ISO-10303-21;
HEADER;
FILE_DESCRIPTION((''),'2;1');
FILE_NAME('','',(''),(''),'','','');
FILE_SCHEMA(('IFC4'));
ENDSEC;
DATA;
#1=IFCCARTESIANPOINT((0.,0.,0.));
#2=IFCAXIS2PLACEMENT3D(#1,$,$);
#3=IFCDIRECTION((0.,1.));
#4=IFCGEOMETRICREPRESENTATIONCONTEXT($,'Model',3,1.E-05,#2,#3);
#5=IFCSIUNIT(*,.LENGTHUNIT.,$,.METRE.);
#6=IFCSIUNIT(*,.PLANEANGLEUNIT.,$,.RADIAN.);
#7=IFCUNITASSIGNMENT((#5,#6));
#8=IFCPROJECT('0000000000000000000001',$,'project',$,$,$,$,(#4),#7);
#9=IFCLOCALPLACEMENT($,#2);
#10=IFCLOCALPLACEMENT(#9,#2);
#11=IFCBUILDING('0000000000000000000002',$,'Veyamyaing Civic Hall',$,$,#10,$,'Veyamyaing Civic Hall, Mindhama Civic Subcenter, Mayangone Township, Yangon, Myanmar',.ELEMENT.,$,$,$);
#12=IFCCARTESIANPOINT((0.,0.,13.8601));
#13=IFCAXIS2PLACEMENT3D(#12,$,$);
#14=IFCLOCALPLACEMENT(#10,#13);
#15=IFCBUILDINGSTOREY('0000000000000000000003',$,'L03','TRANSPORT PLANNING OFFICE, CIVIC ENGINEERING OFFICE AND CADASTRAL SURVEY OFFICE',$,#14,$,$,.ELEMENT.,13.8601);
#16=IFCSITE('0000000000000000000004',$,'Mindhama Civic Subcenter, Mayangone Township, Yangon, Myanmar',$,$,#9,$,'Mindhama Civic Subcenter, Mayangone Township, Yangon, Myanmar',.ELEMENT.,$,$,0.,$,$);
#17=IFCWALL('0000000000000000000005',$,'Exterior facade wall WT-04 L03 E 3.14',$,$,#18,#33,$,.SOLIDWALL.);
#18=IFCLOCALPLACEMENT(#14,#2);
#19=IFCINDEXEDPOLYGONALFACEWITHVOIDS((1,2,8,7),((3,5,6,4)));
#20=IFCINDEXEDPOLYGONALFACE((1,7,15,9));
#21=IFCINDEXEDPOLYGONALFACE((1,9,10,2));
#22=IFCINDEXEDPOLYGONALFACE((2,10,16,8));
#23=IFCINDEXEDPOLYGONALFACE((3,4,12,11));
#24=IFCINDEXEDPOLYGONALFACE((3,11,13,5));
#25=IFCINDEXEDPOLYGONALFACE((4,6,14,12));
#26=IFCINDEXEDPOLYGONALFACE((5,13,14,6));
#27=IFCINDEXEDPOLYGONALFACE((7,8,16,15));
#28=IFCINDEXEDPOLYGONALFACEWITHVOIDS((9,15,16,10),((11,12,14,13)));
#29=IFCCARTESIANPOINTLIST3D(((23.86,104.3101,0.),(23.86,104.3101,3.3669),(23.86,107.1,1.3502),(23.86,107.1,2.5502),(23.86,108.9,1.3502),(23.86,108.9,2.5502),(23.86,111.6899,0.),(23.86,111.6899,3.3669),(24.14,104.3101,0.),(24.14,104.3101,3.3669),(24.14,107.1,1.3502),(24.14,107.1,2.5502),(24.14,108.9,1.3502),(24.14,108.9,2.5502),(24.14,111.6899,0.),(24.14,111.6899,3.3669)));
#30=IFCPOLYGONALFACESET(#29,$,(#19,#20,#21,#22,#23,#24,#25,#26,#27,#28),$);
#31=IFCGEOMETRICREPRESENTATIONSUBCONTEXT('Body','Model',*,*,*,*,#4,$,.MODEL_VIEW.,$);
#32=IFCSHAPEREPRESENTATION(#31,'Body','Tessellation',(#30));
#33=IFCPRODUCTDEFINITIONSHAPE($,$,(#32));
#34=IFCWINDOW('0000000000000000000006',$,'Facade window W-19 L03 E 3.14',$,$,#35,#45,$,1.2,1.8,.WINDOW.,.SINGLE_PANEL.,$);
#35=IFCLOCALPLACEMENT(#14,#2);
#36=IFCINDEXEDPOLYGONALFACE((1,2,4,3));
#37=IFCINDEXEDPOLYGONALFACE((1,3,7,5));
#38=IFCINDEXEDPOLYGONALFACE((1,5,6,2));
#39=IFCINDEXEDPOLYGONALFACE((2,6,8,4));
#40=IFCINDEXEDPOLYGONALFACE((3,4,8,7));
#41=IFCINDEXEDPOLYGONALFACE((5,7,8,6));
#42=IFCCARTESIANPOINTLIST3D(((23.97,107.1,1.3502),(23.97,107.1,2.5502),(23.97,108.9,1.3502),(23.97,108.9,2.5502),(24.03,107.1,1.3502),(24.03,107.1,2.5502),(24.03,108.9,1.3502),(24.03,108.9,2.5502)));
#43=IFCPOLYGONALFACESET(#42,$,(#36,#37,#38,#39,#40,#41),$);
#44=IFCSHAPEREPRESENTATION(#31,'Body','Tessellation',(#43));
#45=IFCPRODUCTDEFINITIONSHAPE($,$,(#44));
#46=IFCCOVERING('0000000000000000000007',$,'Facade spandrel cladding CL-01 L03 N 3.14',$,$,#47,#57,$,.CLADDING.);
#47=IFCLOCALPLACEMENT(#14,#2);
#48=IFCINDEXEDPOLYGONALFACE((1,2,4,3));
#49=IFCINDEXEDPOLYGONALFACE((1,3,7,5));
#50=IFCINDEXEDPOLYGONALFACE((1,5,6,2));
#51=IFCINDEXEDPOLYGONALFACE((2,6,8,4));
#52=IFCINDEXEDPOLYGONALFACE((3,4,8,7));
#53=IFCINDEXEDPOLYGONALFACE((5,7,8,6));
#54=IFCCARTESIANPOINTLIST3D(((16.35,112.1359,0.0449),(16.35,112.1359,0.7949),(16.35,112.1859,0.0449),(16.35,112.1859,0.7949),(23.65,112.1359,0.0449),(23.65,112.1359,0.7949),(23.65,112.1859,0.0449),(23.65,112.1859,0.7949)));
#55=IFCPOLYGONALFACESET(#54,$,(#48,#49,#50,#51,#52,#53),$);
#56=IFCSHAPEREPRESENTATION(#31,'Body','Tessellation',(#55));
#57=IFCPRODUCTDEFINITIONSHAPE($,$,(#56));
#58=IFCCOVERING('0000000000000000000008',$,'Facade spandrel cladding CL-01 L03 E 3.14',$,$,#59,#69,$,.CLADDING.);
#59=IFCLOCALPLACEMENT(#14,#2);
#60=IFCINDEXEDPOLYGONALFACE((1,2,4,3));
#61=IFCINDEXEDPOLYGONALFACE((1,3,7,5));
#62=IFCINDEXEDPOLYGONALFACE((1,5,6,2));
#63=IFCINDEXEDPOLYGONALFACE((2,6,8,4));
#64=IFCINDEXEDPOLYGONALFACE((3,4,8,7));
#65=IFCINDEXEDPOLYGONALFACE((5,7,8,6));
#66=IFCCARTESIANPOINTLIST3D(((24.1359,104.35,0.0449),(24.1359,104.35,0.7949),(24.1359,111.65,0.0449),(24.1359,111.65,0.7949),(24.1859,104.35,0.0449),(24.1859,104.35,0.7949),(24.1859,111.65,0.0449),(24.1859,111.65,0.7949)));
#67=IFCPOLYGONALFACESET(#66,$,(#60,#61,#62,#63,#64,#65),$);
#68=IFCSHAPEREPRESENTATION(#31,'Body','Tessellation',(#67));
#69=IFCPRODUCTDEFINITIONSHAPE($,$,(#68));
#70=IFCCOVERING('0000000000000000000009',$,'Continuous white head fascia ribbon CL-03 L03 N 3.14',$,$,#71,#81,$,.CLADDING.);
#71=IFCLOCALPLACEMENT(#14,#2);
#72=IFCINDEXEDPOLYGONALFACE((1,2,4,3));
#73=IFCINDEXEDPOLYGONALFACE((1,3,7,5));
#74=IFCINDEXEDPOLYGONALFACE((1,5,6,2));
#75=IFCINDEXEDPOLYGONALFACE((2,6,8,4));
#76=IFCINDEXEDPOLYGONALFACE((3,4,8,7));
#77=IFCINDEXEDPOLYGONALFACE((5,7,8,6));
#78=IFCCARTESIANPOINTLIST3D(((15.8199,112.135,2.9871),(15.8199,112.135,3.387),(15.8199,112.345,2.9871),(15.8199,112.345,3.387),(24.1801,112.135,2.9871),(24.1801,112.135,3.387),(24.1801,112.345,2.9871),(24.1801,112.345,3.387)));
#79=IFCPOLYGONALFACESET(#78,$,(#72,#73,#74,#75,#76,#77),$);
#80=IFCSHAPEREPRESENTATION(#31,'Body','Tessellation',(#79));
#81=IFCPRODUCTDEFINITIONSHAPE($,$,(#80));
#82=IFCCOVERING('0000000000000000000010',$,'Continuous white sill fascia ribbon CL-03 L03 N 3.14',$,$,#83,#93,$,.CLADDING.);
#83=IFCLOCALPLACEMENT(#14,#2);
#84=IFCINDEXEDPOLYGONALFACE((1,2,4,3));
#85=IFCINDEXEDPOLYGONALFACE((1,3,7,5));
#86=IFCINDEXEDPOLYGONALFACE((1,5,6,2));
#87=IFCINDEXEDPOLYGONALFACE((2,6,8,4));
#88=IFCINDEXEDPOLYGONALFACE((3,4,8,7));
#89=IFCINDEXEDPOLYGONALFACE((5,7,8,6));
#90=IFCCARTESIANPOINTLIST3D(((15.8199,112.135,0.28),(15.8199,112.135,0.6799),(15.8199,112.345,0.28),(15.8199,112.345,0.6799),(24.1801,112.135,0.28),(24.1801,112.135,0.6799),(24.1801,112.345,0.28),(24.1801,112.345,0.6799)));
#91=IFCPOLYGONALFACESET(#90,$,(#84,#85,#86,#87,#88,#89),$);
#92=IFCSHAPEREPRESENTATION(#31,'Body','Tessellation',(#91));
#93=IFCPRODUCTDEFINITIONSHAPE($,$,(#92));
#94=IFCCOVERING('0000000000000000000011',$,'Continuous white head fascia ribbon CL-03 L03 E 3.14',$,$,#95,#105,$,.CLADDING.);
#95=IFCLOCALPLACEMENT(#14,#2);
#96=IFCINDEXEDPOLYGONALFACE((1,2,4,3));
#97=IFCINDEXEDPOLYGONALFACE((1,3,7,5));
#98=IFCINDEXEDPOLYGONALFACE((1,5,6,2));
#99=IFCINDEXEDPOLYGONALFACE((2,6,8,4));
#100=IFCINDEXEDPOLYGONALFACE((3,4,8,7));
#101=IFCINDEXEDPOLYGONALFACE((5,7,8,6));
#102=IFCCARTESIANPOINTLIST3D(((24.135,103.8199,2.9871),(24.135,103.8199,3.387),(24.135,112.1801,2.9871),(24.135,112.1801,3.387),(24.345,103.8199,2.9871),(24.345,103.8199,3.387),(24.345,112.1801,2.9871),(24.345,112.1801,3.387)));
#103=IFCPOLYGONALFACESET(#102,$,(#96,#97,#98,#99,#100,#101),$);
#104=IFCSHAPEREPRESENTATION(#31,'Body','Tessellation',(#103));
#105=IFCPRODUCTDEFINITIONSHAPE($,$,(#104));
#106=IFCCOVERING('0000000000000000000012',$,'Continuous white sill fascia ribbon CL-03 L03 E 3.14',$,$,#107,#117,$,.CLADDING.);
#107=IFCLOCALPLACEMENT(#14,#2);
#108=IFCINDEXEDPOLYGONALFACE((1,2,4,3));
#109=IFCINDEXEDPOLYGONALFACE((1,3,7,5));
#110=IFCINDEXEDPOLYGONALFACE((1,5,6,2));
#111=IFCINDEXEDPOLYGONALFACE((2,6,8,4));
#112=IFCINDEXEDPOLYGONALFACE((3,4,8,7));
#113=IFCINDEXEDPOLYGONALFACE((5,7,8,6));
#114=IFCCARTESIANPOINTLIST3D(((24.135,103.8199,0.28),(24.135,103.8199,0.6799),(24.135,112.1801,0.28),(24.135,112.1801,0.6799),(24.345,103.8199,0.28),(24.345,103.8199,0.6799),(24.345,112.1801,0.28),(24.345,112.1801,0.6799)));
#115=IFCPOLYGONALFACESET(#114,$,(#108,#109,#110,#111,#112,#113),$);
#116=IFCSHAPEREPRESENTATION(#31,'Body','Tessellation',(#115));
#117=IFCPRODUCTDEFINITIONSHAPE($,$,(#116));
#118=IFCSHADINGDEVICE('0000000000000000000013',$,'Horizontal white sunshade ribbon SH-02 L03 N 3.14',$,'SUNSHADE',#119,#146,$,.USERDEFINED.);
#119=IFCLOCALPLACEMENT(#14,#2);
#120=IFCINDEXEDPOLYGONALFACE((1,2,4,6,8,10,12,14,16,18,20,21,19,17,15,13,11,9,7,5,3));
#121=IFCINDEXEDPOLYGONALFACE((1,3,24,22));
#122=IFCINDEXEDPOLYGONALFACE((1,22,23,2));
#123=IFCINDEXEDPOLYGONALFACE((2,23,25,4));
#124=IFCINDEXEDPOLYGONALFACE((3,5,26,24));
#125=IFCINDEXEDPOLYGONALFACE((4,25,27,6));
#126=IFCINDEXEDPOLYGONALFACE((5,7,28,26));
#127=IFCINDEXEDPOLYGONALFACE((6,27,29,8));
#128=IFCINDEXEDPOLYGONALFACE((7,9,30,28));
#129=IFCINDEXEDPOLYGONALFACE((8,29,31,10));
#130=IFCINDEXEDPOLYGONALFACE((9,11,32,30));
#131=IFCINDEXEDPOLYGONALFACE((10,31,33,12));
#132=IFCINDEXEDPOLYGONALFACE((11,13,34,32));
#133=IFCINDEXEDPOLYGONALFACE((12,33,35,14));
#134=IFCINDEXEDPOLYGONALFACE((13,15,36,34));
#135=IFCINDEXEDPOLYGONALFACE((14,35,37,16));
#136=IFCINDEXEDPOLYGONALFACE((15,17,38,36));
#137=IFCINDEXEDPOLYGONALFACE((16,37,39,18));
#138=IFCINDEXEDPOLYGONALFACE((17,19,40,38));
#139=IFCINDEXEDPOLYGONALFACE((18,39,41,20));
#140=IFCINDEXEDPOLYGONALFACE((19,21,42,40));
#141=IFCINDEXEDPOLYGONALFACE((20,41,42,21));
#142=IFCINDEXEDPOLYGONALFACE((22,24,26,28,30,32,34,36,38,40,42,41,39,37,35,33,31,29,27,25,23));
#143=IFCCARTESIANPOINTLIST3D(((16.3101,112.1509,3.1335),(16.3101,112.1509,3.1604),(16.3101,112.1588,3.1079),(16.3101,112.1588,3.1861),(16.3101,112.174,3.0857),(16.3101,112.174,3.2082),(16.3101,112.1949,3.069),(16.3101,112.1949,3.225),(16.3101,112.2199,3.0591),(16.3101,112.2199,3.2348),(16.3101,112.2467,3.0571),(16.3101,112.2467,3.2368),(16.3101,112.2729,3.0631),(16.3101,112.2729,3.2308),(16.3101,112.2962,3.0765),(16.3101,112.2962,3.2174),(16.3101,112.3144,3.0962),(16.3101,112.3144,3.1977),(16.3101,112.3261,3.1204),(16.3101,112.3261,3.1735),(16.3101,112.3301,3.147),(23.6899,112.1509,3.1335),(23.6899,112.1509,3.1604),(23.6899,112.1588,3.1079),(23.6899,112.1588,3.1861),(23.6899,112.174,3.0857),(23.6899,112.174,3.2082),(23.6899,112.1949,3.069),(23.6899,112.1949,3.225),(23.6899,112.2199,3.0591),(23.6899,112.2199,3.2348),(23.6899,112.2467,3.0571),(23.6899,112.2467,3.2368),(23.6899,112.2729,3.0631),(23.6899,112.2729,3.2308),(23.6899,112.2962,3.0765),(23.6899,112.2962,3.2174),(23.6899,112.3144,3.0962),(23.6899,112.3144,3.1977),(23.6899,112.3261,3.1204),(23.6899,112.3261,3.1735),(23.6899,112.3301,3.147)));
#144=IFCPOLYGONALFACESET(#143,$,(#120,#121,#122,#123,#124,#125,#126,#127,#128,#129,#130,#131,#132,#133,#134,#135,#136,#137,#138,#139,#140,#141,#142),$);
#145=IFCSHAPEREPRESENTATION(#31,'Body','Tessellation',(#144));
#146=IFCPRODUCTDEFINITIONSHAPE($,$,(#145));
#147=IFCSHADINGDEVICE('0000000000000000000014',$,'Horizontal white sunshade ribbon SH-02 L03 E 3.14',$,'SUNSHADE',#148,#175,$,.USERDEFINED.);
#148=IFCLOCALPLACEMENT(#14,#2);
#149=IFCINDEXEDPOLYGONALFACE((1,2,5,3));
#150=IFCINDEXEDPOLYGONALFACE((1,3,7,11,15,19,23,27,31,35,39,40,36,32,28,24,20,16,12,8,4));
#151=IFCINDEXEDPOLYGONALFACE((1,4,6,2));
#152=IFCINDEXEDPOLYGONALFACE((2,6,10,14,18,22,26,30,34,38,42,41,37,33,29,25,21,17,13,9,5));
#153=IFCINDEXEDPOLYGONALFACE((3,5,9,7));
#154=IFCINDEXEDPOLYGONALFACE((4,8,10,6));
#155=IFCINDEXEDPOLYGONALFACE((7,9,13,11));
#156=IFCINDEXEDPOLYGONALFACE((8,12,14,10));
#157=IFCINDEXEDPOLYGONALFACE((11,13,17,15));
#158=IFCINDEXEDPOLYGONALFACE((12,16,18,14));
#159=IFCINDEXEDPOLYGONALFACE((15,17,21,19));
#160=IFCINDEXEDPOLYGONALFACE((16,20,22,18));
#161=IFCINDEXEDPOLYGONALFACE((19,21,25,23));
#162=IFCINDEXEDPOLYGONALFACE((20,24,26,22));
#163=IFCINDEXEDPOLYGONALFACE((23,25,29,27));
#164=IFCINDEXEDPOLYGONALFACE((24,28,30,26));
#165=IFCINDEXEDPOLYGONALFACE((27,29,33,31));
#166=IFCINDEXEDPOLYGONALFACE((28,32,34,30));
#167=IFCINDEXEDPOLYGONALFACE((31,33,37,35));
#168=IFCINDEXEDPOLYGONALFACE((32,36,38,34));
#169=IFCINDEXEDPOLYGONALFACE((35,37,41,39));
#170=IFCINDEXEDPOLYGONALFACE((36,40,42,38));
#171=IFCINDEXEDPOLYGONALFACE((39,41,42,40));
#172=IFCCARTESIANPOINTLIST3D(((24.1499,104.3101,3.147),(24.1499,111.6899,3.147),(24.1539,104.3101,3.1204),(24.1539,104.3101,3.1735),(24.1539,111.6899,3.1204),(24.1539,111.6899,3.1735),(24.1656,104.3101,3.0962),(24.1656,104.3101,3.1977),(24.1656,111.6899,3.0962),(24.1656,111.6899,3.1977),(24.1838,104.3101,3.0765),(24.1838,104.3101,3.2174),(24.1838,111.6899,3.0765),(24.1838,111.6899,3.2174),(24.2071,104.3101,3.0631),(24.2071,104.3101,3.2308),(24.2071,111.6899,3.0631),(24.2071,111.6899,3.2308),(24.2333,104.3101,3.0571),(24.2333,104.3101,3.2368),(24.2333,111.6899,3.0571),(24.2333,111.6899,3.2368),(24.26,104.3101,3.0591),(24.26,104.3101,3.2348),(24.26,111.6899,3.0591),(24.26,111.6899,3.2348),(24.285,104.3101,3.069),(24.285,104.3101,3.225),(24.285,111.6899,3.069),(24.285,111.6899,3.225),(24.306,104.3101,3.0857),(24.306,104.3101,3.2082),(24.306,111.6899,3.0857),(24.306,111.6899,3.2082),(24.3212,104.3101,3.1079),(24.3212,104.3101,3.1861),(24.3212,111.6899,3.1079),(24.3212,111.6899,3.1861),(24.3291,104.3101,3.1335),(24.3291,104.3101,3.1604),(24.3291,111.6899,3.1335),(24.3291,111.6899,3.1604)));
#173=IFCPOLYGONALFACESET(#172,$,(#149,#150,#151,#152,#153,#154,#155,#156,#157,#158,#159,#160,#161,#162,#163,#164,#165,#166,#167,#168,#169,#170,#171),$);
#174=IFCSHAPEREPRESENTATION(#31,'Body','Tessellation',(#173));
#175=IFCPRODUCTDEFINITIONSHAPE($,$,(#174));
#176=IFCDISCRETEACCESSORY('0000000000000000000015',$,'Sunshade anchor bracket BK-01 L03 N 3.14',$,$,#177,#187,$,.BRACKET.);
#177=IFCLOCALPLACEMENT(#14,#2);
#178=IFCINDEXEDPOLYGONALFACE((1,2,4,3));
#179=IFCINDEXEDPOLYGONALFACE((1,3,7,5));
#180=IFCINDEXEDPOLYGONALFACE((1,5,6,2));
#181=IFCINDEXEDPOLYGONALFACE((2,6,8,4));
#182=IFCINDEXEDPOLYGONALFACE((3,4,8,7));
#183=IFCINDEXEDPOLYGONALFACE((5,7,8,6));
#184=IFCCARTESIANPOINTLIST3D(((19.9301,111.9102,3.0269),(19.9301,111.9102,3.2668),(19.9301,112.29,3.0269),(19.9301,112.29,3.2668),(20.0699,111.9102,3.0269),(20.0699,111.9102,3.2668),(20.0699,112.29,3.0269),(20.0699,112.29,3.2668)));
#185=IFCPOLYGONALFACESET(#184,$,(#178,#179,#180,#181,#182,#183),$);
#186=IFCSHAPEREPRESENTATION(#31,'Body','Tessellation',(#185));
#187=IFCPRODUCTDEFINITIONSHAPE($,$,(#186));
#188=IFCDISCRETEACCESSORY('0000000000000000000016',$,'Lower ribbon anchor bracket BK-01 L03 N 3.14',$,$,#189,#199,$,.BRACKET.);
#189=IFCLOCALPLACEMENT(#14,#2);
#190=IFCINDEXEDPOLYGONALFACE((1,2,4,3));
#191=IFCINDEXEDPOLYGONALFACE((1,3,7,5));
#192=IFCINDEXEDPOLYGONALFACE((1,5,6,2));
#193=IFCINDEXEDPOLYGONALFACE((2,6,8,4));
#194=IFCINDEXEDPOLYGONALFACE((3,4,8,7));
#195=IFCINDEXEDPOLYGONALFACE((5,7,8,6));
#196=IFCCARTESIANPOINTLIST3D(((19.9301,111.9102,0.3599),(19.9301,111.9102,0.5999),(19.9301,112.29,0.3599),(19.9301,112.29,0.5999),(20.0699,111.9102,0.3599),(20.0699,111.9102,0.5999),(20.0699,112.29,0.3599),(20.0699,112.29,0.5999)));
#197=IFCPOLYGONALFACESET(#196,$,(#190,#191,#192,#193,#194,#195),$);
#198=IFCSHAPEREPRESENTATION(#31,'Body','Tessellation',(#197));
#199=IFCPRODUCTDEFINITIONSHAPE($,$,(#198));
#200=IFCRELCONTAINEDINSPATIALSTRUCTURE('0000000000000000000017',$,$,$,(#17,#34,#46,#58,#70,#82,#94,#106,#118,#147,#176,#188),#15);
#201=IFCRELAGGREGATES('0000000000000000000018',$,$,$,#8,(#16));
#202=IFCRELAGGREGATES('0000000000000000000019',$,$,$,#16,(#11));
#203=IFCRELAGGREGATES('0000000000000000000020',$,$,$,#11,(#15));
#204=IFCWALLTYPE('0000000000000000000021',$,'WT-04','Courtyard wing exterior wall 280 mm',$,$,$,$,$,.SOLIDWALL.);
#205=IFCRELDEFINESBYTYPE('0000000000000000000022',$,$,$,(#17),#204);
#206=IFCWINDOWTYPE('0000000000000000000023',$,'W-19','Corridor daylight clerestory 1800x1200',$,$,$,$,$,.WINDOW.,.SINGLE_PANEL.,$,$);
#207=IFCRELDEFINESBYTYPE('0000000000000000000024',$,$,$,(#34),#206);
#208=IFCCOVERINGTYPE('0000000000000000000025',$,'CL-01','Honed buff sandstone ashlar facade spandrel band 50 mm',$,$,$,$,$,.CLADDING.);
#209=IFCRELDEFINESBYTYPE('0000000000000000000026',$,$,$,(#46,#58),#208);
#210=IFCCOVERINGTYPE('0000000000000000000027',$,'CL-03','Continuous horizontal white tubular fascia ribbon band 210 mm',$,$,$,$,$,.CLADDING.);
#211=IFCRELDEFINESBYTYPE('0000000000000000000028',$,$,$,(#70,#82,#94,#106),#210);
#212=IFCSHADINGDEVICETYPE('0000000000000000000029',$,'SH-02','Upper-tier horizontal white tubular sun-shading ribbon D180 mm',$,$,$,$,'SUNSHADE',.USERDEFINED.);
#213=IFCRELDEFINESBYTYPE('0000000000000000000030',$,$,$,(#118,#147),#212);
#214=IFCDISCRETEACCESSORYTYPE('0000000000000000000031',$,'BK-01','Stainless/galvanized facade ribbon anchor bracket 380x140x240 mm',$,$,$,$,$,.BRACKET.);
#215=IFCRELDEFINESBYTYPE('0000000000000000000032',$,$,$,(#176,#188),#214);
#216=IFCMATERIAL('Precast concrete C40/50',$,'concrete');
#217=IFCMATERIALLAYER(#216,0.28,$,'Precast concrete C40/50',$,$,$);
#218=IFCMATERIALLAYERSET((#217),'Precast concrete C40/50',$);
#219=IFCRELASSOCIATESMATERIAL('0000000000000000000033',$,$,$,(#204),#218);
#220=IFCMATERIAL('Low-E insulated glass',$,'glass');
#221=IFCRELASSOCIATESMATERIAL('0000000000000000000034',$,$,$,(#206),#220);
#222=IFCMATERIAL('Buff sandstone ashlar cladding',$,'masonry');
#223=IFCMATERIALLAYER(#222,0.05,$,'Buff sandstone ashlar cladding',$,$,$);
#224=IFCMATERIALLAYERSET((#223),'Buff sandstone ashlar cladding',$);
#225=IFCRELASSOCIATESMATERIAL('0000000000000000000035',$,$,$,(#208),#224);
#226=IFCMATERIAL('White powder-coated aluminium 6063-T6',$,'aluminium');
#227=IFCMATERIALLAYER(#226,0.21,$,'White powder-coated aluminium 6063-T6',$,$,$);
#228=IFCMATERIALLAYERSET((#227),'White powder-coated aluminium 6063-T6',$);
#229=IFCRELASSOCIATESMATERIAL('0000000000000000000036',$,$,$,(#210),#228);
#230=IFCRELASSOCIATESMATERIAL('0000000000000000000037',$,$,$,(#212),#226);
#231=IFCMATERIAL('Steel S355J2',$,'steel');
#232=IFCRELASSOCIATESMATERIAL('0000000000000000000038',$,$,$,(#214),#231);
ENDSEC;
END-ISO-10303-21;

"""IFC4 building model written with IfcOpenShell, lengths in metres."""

from ifc_helpers import new_model, si_unit, direction, frame, frame_2d, origin, origin_2d, place, context, subcontext, project, spatial, rectangle, circle, extrude, material, layer, layer_set, material_profile, profile_set, type_object, element, fill, save


model = new_model("IFC4")

# Units and contexts
model_context = context("Model", 3, precision=1e-05, world=origin(), true_north=direction((0.0, 1.0)))
body_context = subcontext(model_context, "Body", "Model", "MODEL_VIEW")
ifc_project = project(units=[si_unit("LENGTHUNIT", "METRE"), si_unit("PLANEANGLEUNIT", "RADIAN")], contexts=[model_context])

# Site, building, storey
site_placement = place(None, origin())
site = spatial("IfcSite", under=ifc_project, at=site_placement, Name="Mindhama Civic Subcenter, Mayangone Township, Yangon, Myanmar", LongName="Mindhama Civic Subcenter, Mayangone Township, Yangon, Myanmar", CompositionType="ELEMENT", RefElevation=0.0)
building_placement = place(site_placement, origin())
building = spatial("IfcBuilding", under=site, at=building_placement, Name="Veyamyaing Civic Hall", LongName="Veyamyaing Civic Hall, Mindhama Civic Subcenter, Mayangone Township, Yangon, Myanmar", CompositionType="ELEMENT")
storey_placement = place(building_placement, frame((0.0, 0.0, 13.8601)))
storey = spatial("IfcBuildingStorey", under=building, at=storey_placement, Name="L03", Description="TRANSPORT PLANNING OFFICE, CIVIC ENGINEERING OFFICE AND CADASTRAL SURVEY OFFICE", CompositionType="ELEMENT", Elevation=13.8601)

# Wall, opening, window
ifc_material_1 = material(Name="Precast concrete C40/50", Category="concrete")
ifc_layer_1 = layer(ifc_material_1, 0.28, Name="Precast concrete C40/50")
ifc_layer_set_1 = layer_set([ifc_layer_1], Name="Precast concrete C40/50")
wall_type = type_object("IfcWallType", Name="WT-04", Description="Courtyard wing exterior wall 280 mm", PredefinedType="SOLIDWALL", material=ifc_layer_set_1)
ifc_material_2 = material(Name="Low-E insulated glass", Category="glass")
window_type = type_object("IfcWindowType", Name="W-19", Description="Corridor daylight clerestory 1800x1200", PartitioningType="SINGLE_PANEL", PredefinedType="WINDOW", material=ifc_material_2)
wall_1_placement = place(storey_placement, frame((24.0, 104.3101, 0.0), z_axis=(0.0, 0.0, 1.0), x_axis=(0.0, 1.0, 0.0)))
wall_1 = element("IfcWall", 1, at=wall_1_placement, inside=storey, type_object=wall_type, Name="Exterior facade wall WT-04 L03 E 3.14", PredefinedType="SOLIDWALL", context=body_context, shape_type="SweptSolid", body=[
    extrude(rectangle(XDim=7.3799, YDim=0.28, at=frame_2d((3.6899, 0.0))), origin(), (0.0, 0.0, 1.0), 3.3669),
])
opening_1_placement = place(wall_1_placement, frame((2.79, 0.0, 1.3501)))
opening_1 = element("IfcOpeningElement", 2, at=opening_1_placement, cuts=wall_1, PredefinedType="OPENING", context=body_context, shape_type="SweptSolid", body=[
    extrude(rectangle(XDim=1.8, YDim=1.2, at=frame_2d((0.8999, 0.6001))), frame((0.0, 0.1499, 0.0), z_axis=(0.0, -1.0, 0.0), x_axis=(1.0, 0.0, 0.0)), (0.0, 0.0, 1.0), 0.3),
])
window_1_placement = place(opening_1_placement, origin())
window_1 = element("IfcWindow", 3, at=window_1_placement, inside=storey, type_object=window_type, Name="Facade window W-19 L03 E 3.14", OverallHeight=1.2, OverallWidth=1.8, PartitioningType="SINGLE_PANEL", PredefinedType="WINDOW", context=body_context, shape_type="SweptSolid", body=[
    extrude(rectangle(XDim=1.8, YDim=1.2, at=frame_2d((0.8999, 0.6001))), frame((0.0, 0.03, 0.0), z_axis=(0.0, -1.0, 0.0), x_axis=(1.0, 0.0, 0.0)), (0.0, 0.0, 1.0), 0.0601),
])
fill(opening_1, window_1)

# Coverings
ifc_material_3 = material(Name="Buff sandstone ashlar cladding", Category="masonry")
ifc_layer_2 = layer(ifc_material_3, 0.05, Name="Buff sandstone ashlar cladding")
ifc_layer_set_2 = layer_set([ifc_layer_2], Name="Buff sandstone ashlar cladding")
covering_type_1 = type_object("IfcCoveringType", Name="CL-01", Description="Honed buff sandstone ashlar facade spandrel band 50 mm", PredefinedType="CLADDING", material=ifc_layer_set_2)
for number, where, z_axis, x_axis, name in (
    (4, (20.0, 112.1609, 0.0449), (0.0, 0.0, 1.0), (1.0, 0.0, 0.0), "Facade spandrel cladding CL-01 L03 N 3.14"),
    (5, (24.1609, 108.0, 0.0449), (0.0, 0.0, 1.0), (0.0, 1.0, 0.0), "Facade spandrel cladding CL-01 L03 E 3.14"),
):
    element("IfcCovering", number, at=place(storey_placement, frame(where, z_axis=z_axis, x_axis=x_axis)), inside=storey, type_object=covering_type_1, Name=name, PredefinedType="CLADDING", context=body_context, shape_type="SweptSolid", body=[
        extrude(rectangle(XDim=7.3, YDim=0.05, at=origin_2d()), origin(), (0.0, 0.0, 1.0), 0.75),
    ])
ifc_material_4 = material(Name="White powder-coated aluminium 6063-T6", Category="aluminium")
ifc_layer_3 = layer(ifc_material_4, 0.21, Name="White powder-coated aluminium 6063-T6")
ifc_layer_set_3 = layer_set([ifc_layer_3], Name="White powder-coated aluminium 6063-T6")
covering_type_2 = type_object("IfcCoveringType", Name="CL-03", Description="Continuous horizontal white tubular fascia ribbon band 210 mm", PredefinedType="CLADDING", material=ifc_layer_set_3)
for number, where, z_axis, x_axis, name in (
    (6, (20.0, 112.24, 2.9871), (0.0, 0.0, 1.0), (1.0, 0.0, 0.0), "Continuous white head fascia ribbon CL-03 L03 N 3.14"),
    (7, (20.0, 112.24, 0.28), (0.0, 0.0, 1.0), (1.0, 0.0, 0.0), "Continuous white sill fascia ribbon CL-03 L03 N 3.14"),
    (8, (24.24, 108.0, 2.9871), (0.0, 0.0, 1.0), (0.0, 1.0, 0.0), "Continuous white head fascia ribbon CL-03 L03 E 3.14"),
    (9, (24.24, 108.0, 0.28), (0.0, 0.0, 1.0), (0.0, 1.0, 0.0), "Continuous white sill fascia ribbon CL-03 L03 E 3.14"),
):
    element("IfcCovering", number, at=place(storey_placement, frame(where, z_axis=z_axis, x_axis=x_axis)), inside=storey, type_object=covering_type_2, Name=name, PredefinedType="CLADDING", context=body_context, shape_type="SweptSolid", body=[
        extrude(rectangle(XDim=8.3601, YDim=0.21, at=origin_2d()), origin(), (0.0, 0.0, 1.0), 0.3999),
    ])

# Shading devices
ifc_material_profile_1 = material_profile(ifc_material_4, circle(Radius=0.0901, at=origin_2d()), Name="SHADE-TUBE-180")
ifc_profile_set_1 = profile_set([ifc_material_profile_1], Name="White powder-coated aluminium 6063-T6")
shading_device_type = type_object("IfcShadingDeviceType", Name="SH-02", Description="Upper-tier horizontal white tubular sun-shading ribbon D180 mm", ElementType="SUNSHADE", PredefinedType="USERDEFINED", material=ifc_profile_set_1)
for number, where, z_axis, x_axis, name in (
    (10, (16.3101, 112.24, 3.147), (1.0, 0.0, 0.0), (0.0, 1.0, 0.0), "Horizontal white sunshade ribbon SH-02 L03 N 3.14"),
    (11, (24.24, 104.3101, 3.147), (0.0, 1.0, 0.0), (-1.0, 0.0, 0.0), "Horizontal white sunshade ribbon SH-02 L03 E 3.14"),
):
    element("IfcShadingDevice", number, at=place(storey_placement, frame(where, z_axis=z_axis, x_axis=x_axis)), inside=storey, type_object=shading_device_type, Name=name, ObjectType="SUNSHADE", PredefinedType="USERDEFINED", context=body_context, shape_type="SweptSolid", body=[
        extrude(circle(Radius=0.0901, at=origin_2d()), origin(), (0.0, 0.0, 1.0), 7.3799),
    ])

# Discrete accessories
ifc_material_5 = material(Name="Steel S355J2", Category="steel")
discrete_accessory_type = type_object("IfcDiscreteAccessoryType", Name="BK-01", Description="Stainless/galvanized facade ribbon anchor bracket 380x140x240 mm", PredefinedType="BRACKET", material=ifc_material_5)
for number, where, z_axis, x_axis, name in (
    (12, (20.0, 112.1001, 3.0269), (0.0, 0.0, 1.0), (0.0, 1.0, 0.0), "Sunshade anchor bracket BK-01 L03 N 3.14"),
    (13, (20.0, 112.1001, 0.3599), (0.0, 0.0, 1.0), (0.0, 1.0, 0.0), "Lower ribbon anchor bracket BK-01 L03 N 3.14"),
):
    element("IfcDiscreteAccessory", number, at=place(storey_placement, frame(where, z_axis=z_axis, x_axis=x_axis)), inside=storey, type_object=discrete_accessory_type, Name=name, PredefinedType="BRACKET", context=body_context, shape_type="SweptSolid", body=[
        extrude(rectangle(XDim=0.3799, YDim=0.1399, at=origin_2d()), origin(), (0.0, 0.0, 1.0), 0.24),
    ])

save(model, "model.ifc")
